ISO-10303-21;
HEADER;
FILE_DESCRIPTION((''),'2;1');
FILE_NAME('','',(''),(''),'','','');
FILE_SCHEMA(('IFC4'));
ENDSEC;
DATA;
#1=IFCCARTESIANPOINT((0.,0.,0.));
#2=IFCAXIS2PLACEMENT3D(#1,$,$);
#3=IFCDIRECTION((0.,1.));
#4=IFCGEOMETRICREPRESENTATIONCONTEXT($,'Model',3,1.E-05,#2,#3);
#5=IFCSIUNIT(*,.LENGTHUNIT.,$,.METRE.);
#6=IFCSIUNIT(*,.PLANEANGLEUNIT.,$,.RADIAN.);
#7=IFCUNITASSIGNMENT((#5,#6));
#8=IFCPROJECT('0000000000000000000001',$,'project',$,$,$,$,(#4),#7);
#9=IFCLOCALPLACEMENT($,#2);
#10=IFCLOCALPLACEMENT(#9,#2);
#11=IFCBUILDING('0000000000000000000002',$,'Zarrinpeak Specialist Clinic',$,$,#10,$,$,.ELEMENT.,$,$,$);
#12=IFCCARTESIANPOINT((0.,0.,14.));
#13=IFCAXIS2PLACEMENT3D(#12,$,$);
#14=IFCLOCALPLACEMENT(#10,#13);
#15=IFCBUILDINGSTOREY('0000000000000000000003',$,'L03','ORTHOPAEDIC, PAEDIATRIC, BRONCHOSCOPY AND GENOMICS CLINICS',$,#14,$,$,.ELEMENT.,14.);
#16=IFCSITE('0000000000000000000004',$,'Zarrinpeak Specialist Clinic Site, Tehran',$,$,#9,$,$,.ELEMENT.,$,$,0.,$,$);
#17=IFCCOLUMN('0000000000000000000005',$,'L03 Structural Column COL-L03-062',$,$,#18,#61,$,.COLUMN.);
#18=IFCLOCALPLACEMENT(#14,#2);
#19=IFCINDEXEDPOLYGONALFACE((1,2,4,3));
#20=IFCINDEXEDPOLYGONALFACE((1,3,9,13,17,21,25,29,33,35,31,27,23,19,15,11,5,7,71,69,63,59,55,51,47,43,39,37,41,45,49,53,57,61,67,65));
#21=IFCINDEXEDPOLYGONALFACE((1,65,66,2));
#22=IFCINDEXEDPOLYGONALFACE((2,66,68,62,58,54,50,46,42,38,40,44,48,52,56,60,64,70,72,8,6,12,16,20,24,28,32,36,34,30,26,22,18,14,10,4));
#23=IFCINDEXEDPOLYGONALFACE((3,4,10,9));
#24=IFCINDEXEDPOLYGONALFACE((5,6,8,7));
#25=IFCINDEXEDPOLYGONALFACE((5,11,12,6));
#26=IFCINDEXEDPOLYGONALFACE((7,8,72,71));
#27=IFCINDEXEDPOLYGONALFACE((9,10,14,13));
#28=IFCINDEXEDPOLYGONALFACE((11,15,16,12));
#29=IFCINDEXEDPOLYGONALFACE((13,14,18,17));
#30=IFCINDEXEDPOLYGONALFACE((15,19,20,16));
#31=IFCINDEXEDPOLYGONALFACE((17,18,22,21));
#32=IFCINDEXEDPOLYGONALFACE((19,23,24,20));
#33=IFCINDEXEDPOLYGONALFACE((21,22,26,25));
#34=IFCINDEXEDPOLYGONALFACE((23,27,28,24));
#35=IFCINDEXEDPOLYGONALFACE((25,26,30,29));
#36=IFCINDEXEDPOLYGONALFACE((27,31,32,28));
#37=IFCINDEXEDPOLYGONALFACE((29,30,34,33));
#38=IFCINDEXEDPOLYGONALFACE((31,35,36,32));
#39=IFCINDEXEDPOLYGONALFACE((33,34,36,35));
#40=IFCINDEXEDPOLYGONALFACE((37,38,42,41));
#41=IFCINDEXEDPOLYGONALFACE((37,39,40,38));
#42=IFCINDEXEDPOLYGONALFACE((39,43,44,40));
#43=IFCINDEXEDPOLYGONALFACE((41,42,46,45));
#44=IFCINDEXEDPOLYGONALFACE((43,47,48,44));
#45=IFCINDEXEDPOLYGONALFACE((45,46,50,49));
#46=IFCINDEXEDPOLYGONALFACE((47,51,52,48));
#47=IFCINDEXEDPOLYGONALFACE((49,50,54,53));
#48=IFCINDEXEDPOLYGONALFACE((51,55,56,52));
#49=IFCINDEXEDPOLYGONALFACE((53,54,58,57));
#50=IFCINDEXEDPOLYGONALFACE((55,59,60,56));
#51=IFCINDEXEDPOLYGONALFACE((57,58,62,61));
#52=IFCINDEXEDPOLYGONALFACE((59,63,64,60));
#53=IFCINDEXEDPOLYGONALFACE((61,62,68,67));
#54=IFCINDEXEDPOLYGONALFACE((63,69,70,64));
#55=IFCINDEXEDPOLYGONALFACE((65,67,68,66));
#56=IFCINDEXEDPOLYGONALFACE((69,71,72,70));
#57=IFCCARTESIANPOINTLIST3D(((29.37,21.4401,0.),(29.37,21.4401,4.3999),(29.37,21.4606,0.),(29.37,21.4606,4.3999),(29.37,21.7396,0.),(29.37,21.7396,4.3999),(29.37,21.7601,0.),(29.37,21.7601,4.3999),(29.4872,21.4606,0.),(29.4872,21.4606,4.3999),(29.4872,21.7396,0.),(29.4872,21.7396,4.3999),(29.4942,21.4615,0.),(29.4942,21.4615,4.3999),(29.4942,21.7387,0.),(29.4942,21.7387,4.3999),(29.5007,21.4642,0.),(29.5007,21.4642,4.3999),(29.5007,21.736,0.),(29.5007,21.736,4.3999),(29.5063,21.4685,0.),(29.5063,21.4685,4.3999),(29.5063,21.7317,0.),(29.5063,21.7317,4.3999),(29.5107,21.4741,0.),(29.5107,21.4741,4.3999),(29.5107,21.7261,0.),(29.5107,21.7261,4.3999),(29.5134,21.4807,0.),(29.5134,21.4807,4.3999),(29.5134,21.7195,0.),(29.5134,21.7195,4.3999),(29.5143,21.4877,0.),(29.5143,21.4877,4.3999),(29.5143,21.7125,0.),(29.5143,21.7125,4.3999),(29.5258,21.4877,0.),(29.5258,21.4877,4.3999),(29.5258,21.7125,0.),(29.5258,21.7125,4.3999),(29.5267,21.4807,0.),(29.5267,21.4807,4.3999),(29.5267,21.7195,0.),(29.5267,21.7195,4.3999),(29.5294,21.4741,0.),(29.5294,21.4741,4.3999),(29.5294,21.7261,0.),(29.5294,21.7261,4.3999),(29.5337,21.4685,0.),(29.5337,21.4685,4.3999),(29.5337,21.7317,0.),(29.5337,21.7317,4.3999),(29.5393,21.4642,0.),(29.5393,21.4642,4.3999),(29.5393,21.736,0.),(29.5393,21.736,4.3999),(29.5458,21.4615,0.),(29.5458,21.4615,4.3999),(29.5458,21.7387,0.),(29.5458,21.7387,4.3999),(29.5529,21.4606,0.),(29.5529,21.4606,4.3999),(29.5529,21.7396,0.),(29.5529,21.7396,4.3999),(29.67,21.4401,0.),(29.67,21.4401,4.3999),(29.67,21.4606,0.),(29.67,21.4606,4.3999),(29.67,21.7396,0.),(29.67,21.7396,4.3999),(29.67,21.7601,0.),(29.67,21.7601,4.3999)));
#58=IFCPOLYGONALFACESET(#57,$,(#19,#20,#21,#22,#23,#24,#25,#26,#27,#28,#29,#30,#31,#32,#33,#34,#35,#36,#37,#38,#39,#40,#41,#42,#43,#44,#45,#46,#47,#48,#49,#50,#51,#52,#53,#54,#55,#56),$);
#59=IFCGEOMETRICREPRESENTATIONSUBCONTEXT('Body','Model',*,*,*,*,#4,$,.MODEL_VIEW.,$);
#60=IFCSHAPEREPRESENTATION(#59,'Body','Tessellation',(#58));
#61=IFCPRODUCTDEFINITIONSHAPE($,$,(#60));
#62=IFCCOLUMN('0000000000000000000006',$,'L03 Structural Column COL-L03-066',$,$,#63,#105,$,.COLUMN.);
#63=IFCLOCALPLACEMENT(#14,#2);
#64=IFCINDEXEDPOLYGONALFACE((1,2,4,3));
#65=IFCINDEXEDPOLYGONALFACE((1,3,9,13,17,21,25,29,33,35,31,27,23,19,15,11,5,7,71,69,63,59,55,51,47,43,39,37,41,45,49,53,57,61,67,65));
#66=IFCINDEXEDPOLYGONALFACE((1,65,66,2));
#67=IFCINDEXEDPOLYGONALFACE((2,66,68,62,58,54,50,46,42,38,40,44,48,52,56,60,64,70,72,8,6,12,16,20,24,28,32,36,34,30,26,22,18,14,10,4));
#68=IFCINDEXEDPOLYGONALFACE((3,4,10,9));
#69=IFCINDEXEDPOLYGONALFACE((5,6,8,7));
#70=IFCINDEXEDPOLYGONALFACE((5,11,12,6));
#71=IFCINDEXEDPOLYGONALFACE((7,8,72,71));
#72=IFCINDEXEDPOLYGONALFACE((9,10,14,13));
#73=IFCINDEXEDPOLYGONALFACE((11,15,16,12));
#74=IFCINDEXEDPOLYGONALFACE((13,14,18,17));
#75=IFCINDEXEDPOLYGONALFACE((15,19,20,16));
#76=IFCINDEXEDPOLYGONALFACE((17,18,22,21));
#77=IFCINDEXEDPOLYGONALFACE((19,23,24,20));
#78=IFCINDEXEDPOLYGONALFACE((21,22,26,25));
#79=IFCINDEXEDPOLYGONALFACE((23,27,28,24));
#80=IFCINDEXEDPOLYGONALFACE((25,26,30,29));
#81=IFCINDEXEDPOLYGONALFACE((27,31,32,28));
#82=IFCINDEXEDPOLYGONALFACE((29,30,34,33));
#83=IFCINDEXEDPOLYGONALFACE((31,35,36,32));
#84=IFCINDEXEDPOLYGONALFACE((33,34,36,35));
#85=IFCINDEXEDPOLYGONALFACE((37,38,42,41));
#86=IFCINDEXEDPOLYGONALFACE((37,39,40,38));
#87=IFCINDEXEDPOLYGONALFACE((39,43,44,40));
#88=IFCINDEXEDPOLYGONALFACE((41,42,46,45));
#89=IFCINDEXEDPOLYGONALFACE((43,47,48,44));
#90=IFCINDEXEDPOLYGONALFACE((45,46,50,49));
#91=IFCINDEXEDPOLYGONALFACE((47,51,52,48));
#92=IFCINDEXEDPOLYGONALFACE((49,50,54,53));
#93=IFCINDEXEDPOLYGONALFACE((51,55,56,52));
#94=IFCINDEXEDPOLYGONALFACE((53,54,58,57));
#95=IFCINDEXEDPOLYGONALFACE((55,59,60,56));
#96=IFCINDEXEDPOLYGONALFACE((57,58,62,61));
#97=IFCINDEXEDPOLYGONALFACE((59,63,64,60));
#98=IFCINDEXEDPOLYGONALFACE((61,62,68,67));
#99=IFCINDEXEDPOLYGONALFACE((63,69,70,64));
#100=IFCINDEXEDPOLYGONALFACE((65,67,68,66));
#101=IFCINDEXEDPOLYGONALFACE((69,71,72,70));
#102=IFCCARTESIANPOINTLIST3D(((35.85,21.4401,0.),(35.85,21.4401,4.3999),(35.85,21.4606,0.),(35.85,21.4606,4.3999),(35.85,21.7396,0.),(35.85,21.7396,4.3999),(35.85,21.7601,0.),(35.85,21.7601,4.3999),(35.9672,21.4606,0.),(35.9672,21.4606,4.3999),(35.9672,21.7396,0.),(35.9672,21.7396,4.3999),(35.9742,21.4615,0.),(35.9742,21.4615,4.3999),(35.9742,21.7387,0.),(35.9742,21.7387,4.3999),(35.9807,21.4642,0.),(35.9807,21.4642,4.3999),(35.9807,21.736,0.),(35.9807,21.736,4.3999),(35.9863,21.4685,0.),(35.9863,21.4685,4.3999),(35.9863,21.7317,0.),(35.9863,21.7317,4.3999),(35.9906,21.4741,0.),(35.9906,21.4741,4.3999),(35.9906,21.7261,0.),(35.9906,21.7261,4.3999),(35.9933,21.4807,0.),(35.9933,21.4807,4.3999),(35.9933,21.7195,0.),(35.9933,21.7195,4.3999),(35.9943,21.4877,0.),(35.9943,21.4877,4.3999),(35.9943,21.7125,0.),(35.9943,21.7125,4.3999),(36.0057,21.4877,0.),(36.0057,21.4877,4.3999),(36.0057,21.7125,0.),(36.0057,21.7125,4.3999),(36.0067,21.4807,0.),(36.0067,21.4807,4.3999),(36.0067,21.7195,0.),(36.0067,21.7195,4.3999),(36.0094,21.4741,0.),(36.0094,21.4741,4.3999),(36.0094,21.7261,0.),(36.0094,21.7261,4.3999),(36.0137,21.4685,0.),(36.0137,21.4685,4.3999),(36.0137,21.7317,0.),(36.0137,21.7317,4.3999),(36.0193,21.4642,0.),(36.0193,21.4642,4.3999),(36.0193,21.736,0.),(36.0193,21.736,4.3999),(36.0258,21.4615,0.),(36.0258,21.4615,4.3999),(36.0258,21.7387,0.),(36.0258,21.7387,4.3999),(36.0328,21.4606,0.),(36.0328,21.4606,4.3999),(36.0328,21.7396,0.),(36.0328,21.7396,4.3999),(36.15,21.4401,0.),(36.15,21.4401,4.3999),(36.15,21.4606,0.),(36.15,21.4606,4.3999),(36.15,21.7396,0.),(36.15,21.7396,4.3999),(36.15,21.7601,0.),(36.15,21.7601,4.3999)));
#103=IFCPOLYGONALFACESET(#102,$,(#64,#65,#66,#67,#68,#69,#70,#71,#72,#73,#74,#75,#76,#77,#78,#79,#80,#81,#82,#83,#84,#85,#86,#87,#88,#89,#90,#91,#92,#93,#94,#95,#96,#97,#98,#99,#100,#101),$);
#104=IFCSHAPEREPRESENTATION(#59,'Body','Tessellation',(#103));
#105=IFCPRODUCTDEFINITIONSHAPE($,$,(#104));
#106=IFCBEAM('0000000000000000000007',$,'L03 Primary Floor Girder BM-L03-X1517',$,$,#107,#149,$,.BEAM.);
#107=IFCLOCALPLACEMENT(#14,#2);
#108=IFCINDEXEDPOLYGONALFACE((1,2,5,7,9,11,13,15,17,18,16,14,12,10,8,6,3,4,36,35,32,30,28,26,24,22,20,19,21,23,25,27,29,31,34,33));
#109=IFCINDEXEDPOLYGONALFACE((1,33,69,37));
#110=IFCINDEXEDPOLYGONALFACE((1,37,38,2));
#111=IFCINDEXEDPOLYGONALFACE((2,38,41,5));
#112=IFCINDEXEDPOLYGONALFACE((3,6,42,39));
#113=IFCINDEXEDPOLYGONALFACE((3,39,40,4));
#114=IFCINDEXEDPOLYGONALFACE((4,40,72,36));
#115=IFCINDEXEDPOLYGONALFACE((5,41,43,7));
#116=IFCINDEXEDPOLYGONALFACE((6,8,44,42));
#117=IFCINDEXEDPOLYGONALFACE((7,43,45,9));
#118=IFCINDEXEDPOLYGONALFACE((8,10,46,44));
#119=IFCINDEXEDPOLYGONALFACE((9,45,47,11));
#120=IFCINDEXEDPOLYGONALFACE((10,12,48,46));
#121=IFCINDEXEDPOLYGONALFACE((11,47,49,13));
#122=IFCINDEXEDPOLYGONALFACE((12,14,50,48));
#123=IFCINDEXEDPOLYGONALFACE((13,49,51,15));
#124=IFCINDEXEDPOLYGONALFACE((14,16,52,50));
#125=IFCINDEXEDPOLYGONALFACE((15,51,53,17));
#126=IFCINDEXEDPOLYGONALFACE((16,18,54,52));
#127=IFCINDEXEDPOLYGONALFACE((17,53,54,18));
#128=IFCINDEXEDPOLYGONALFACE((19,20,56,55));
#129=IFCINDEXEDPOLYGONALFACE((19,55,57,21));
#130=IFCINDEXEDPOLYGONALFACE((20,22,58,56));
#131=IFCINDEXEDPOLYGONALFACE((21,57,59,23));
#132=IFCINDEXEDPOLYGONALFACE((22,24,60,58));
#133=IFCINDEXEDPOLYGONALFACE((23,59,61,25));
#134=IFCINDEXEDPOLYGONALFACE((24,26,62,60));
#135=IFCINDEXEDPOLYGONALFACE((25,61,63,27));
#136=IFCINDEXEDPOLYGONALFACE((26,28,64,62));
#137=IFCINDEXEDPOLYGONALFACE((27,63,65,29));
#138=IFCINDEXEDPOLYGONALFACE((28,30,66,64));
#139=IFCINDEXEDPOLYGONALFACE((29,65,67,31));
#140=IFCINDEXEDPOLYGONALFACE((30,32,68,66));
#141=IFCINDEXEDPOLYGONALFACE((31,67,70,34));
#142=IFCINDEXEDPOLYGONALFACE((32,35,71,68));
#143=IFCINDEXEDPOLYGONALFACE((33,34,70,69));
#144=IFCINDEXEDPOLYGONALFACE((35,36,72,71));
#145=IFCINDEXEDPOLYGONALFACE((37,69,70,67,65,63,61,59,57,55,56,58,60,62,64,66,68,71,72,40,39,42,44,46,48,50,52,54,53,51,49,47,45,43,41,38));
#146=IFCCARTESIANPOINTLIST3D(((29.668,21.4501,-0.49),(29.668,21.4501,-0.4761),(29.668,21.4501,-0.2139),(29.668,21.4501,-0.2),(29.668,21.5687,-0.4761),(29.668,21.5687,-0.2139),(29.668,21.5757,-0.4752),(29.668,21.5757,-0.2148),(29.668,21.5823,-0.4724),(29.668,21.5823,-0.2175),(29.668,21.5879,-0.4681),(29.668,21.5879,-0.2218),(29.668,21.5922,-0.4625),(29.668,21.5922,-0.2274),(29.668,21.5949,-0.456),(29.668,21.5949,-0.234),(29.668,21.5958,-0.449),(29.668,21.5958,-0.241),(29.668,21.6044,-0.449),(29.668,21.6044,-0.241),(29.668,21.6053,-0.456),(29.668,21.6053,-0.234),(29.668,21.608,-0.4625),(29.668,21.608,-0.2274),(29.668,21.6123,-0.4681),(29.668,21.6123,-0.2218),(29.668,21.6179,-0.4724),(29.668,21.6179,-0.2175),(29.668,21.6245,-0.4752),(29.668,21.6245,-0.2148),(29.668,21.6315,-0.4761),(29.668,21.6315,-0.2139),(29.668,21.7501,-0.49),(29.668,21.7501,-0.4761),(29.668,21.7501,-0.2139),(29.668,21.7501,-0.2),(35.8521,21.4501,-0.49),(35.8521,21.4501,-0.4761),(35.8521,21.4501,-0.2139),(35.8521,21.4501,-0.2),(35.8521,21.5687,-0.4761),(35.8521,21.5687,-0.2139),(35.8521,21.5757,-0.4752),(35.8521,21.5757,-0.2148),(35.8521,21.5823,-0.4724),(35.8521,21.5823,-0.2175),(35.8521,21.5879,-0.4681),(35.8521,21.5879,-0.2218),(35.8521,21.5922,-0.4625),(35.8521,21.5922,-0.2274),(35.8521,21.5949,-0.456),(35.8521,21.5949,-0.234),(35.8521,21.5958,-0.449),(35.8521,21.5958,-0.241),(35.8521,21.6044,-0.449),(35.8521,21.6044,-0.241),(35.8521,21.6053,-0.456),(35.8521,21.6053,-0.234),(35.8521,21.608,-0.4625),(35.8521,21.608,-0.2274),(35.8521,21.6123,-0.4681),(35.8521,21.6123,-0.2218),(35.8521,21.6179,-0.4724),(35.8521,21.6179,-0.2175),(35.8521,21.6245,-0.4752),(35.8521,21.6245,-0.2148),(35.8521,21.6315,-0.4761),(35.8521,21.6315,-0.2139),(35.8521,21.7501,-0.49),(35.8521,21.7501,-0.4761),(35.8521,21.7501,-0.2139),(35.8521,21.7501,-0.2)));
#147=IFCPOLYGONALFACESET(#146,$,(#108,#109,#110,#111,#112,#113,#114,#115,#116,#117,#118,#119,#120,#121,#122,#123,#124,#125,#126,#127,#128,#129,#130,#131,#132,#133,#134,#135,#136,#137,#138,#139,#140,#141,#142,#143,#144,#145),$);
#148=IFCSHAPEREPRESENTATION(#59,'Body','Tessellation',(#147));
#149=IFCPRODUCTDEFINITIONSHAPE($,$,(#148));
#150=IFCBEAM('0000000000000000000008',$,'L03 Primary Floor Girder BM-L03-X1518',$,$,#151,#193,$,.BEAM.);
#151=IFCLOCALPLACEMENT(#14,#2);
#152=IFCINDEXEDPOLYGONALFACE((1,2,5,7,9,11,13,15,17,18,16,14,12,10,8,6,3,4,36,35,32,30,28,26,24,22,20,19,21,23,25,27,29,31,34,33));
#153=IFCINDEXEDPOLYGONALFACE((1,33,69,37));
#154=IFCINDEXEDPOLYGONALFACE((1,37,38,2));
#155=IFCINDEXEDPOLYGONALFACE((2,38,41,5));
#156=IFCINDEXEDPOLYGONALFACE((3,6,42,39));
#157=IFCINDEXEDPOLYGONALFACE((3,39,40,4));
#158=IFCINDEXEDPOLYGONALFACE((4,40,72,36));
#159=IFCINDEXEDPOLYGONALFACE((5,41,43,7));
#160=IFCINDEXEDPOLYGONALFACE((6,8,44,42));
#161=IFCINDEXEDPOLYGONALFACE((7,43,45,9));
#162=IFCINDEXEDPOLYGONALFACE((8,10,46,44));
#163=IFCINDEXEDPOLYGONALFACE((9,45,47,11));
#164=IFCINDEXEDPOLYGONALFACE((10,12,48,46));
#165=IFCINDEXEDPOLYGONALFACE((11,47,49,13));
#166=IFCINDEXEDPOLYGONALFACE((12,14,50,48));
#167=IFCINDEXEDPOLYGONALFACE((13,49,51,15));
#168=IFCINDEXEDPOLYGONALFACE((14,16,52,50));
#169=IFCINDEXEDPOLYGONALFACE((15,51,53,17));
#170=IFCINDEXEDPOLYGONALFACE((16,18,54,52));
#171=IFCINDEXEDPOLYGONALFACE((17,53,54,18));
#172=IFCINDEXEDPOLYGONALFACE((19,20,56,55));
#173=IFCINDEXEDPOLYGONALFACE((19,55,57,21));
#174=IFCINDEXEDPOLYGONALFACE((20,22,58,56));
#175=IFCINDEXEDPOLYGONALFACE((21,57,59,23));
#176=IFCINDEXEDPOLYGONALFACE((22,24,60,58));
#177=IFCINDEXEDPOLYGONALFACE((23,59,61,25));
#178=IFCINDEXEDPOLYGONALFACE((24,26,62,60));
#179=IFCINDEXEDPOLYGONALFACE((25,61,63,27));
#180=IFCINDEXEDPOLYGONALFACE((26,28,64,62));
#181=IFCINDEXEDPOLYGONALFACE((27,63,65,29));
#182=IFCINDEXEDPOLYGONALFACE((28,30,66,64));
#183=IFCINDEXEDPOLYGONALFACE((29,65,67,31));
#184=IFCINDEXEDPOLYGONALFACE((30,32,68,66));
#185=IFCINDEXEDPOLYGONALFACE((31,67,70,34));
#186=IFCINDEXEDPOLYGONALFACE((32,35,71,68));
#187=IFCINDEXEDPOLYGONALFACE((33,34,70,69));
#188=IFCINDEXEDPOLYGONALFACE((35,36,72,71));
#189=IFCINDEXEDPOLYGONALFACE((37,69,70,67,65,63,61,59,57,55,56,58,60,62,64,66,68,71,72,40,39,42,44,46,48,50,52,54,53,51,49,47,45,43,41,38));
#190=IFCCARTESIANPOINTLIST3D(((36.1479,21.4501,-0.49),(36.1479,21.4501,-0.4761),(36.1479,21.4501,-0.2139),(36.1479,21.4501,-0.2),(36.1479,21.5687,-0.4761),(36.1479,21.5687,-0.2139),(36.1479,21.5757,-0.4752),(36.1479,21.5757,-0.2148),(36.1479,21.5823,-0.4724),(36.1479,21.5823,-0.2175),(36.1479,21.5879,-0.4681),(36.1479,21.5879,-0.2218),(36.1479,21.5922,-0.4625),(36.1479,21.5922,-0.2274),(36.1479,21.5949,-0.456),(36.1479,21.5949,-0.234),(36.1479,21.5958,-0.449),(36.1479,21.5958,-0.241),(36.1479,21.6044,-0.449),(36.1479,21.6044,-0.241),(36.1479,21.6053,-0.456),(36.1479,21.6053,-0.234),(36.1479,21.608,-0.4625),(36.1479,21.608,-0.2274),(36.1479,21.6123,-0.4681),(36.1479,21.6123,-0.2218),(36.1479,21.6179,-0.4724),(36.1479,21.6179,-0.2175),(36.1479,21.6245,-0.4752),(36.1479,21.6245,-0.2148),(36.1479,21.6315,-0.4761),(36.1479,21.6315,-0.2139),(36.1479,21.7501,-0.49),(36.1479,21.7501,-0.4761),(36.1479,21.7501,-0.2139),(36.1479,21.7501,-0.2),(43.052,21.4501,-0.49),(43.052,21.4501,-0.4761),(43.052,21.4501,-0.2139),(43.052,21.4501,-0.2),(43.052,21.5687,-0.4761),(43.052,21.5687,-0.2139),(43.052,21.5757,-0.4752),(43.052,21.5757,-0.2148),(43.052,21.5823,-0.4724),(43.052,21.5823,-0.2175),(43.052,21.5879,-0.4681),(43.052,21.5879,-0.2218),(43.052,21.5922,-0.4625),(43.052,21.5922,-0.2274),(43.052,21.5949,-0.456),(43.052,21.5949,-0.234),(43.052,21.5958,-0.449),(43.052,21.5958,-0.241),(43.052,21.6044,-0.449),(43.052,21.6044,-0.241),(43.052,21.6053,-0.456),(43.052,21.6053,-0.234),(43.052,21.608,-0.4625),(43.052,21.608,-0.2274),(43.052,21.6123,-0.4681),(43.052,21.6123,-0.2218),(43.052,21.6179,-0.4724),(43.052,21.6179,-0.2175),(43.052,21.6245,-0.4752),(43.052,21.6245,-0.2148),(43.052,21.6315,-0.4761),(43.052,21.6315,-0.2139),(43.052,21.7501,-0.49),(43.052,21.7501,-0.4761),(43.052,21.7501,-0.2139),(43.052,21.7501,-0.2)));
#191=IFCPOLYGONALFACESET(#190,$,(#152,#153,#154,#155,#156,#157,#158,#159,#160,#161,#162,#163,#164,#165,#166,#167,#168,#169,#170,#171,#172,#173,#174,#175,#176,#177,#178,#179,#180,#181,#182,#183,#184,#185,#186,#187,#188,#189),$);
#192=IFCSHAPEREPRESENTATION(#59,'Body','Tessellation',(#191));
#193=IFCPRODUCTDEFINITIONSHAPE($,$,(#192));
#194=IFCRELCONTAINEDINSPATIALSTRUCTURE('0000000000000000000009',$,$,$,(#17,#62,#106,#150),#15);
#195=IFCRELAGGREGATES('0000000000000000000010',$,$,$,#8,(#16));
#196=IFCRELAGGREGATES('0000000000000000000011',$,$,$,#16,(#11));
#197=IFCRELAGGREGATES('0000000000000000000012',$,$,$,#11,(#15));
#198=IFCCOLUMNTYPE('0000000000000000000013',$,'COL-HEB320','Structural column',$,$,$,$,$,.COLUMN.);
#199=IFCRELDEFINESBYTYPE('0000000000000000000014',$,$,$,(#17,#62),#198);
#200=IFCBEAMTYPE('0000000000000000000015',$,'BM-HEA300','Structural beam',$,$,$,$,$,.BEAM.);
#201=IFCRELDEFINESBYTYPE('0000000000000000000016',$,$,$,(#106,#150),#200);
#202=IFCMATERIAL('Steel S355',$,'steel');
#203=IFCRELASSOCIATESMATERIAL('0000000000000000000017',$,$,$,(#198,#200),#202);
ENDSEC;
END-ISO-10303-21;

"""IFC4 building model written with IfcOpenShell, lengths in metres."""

from ifc_helpers import new_model, si_unit, direction, frame, origin, origin_2d, place, context, subcontext, project, spatial, i_section, extrude, material, material_profile, profile_set, type_object, element, save


model = new_model("IFC4")

# Units and contexts
model_context = context("Model", 3, precision=1e-05, world=origin(), true_north=direction((0.0, 1.0)))
body_context = subcontext(model_context, "Body", "Model", "MODEL_VIEW")
ifc_project = project(units=[si_unit("LENGTHUNIT", "METRE"), si_unit("PLANEANGLEUNIT", "RADIAN")], contexts=[model_context])

# Site, building, storey
site_placement = place(None, origin())
site = spatial("IfcSite", under=ifc_project, at=site_placement, Name="Zarrinpeak Specialist Clinic Site, Tehran", CompositionType="ELEMENT", RefElevation=0.0)
building_placement = place(site_placement, origin())
building = spatial("IfcBuilding", under=site, at=building_placement, Name="Zarrinpeak Specialist Clinic", CompositionType="ELEMENT")
storey_placement = place(building_placement, frame((0.0, 0.0, 14.0)))
storey = spatial("IfcBuildingStorey", under=building, at=storey_placement, Name="L03", Description="ORTHOPAEDIC, PAEDIATRIC, BRONCHOSCOPY AND GENOMICS CLINICS", CompositionType="ELEMENT", Elevation=14.0)

# Columns
ifc_material_1 = material(Name="Steel S355", Category="steel")
ifc_material_profile_1 = material_profile(ifc_material_1, i_section(OverallWidth=0.3, OverallDepth=0.3201, WebThickness=0.0115, FlangeThickness=0.0205, FilletRadius=0.0271, at=origin_2d()), Name="HEB 320")
ifc_profile_set_1 = profile_set([ifc_material_profile_1], Name="Steel S355")
column_type = type_object("IfcColumnType", Name="COL-HEB320", Description="Structural column", PredefinedType="COLUMN", material=ifc_profile_set_1)
for number, where, z_axis, x_axis, name in (
    (1, (29.52, 21.6001, 0.0), (0.0, 0.0, 1.0), (1.0, 0.0, 0.0), "L03 Structural Column COL-L03-062"),
    (2, (36.0, 21.6001, 0.0), (0.0, 0.0, 1.0), (1.0, 0.0, 0.0), "L03 Structural Column COL-L03-066"),
):
    element("IfcColumn", number, at=place(storey_placement, frame(where, z_axis=z_axis, x_axis=x_axis)), inside=storey, type_object=column_type, Name=name, PredefinedType="COLUMN", context=body_context, shape_type="SweptSolid", body=[
        extrude(i_section(OverallWidth=0.3, OverallDepth=0.3201, WebThickness=0.0115, FlangeThickness=0.0205, FilletRadius=0.0271, at=origin_2d()), origin(), (0.0, 0.0, 1.0), 4.3999),
    ])

# Beams
ifc_material_profile_2 = material_profile(ifc_material_1, i_section(OverallWidth=0.3, OverallDepth=0.29, WebThickness=0.0085, FlangeThickness=0.0139, FilletRadius=0.0271, at=origin_2d()), Name="HEA 300")
ifc_profile_set_2 = profile_set([ifc_material_profile_2], Name="Steel S355")
beam_type = type_object("IfcBeamType", Name="BM-HEA300", Description="Structural beam", PredefinedType="BEAM", material=ifc_profile_set_2)
beam_1_placement = place(storey_placement, frame((29.668, 21.6001, -0.345), z_axis=(1.0, 0.0, 0.0), x_axis=(0.0, 1.0, 0.0)))
element("IfcBeam", 3, at=beam_1_placement, inside=storey, type_object=beam_type, Name="L03 Primary Floor Girder BM-L03-X1517", PredefinedType="BEAM", context=body_context, shape_type="SweptSolid", body=[
    extrude(i_section(OverallWidth=0.3, OverallDepth=0.29, WebThickness=0.0085, FlangeThickness=0.0139, FilletRadius=0.0271, at=origin_2d()), origin(), (0.0, 0.0, 1.0), 6.1841),
])
beam_2_placement = place(storey_placement, frame((36.1479, 21.6001, -0.345), z_axis=(1.0, 0.0, 0.0), x_axis=(0.0, 1.0, 0.0)))
element("IfcBeam", 4, at=beam_2_placement, inside=storey, type_object=beam_type, Name="L03 Primary Floor Girder BM-L03-X1518", PredefinedType="BEAM", context=body_context, shape_type="SweptSolid", body=[
    extrude(i_section(OverallWidth=0.3, OverallDepth=0.29, WebThickness=0.0085, FlangeThickness=0.0139, FilletRadius=0.0271, at=origin_2d()), origin(), (0.0, 0.0, 1.0), 6.9041),
])

save(model, "model.ifc")
